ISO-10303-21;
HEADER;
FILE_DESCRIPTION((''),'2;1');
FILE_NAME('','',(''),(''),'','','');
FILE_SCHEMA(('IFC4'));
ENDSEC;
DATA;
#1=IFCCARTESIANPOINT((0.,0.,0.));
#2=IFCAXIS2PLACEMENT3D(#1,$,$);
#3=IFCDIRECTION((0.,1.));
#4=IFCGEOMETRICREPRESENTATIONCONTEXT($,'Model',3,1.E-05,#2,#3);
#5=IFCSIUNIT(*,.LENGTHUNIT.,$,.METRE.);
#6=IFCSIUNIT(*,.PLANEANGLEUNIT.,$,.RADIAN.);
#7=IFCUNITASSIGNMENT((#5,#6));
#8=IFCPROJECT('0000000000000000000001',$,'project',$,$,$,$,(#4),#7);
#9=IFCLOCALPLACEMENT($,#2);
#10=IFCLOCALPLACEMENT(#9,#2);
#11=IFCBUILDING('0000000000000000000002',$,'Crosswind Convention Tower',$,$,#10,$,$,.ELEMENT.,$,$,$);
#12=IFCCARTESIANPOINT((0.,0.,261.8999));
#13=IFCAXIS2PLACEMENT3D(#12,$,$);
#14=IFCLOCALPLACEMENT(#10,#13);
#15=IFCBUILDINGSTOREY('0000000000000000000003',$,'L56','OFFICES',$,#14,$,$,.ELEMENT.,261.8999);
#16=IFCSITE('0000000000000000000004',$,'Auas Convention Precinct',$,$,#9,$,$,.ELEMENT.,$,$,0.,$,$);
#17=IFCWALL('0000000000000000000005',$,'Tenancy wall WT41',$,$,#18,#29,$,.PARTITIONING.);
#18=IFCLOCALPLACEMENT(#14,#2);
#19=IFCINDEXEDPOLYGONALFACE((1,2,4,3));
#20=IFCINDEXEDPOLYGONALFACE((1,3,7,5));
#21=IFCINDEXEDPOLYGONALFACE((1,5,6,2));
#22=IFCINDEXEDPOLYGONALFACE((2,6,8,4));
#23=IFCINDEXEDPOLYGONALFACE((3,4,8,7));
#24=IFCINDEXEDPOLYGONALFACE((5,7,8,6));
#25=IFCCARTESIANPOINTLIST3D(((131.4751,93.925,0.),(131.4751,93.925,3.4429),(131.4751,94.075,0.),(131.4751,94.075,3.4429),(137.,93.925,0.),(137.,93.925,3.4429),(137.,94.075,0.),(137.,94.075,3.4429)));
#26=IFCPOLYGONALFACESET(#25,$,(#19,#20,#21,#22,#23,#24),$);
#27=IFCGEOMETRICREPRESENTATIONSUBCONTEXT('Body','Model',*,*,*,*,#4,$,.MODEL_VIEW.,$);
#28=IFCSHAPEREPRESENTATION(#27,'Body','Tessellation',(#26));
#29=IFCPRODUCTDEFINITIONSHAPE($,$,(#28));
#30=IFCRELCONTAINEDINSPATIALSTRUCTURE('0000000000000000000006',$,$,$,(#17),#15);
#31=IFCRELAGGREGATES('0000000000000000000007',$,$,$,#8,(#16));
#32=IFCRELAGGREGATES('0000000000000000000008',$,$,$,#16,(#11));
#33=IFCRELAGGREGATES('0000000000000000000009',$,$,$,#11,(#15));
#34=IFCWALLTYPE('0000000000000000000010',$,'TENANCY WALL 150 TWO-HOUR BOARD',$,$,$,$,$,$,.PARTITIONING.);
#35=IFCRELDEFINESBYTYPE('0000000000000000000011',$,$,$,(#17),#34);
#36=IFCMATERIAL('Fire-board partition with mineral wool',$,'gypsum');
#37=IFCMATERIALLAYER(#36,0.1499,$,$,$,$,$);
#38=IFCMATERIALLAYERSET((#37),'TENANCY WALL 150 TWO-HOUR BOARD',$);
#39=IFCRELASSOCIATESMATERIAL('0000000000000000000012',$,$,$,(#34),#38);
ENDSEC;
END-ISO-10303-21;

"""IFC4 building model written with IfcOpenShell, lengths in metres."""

from ifc_helpers import new_model, si_unit, direction, frame, frame_2d, origin, place, context, subcontext, project, spatial, rectangle, extrude, material, layer, layer_set, type_object, element, save


model = new_model("IFC4")

# Units and contexts
model_context = context("Model", 3, precision=1e-05, world=origin(), true_north=direction((0.0, 1.0)))
body_context = subcontext(model_context, "Body", "Model", "MODEL_VIEW")
ifc_project = project(units=[si_unit("LENGTHUNIT", "METRE"), si_unit("PLANEANGLEUNIT", "RADIAN")], contexts=[model_context])

# Site, building, storey
site_placement = place(None, origin())
site = spatial("IfcSite", under=ifc_project, at=site_placement, Name="Auas Convention Precinct", CompositionType="ELEMENT", RefElevation=0.0)
building_placement = place(site_placement, origin())
building = spatial("IfcBuilding", under=site, at=building_placement, Name="Crosswind Convention Tower", CompositionType="ELEMENT")
storey_placement = place(building_placement, frame((0.0, 0.0, 261.8999)))
storey = spatial("IfcBuildingStorey", under=building, at=storey_placement, Name="L56", Description="OFFICES", CompositionType="ELEMENT", Elevation=261.8999)

# Shared definitions
ifc_material_1 = material(Name="Fire-board partition with mineral wool", Category="gypsum")
ifc_layer_1 = layer(ifc_material_1, 0.1499)
ifc_layer_set_1 = layer_set([ifc_layer_1], Name="TENANCY WALL 150 TWO-HOUR BOARD")
wall_type_1 = type_object("IfcWallType", Name="TENANCY WALL 150 TWO-HOUR BOARD", PredefinedType="PARTITIONING", material=ifc_layer_set_1)

# Wall
wall_1_placement = place(storey_placement, frame((131.4751, 94.0, 0.0), z_axis=(0.0, 0.0, 1.0), x_axis=(1.0, 0.0, 0.0)))
element("IfcWall", 1, at=wall_1_placement, inside=storey, type_object=wall_type_1, Name="Tenancy wall WT41", PredefinedType="PARTITIONING", context=body_context, shape_type="SweptSolid", body=[
    extrude(rectangle(XDim=5.5249, YDim=0.1499, at=frame_2d((2.7625, 0.0))), origin(), (0.0, 0.0, 1.0), 3.4429),
])

save(model, "model.ifc")
